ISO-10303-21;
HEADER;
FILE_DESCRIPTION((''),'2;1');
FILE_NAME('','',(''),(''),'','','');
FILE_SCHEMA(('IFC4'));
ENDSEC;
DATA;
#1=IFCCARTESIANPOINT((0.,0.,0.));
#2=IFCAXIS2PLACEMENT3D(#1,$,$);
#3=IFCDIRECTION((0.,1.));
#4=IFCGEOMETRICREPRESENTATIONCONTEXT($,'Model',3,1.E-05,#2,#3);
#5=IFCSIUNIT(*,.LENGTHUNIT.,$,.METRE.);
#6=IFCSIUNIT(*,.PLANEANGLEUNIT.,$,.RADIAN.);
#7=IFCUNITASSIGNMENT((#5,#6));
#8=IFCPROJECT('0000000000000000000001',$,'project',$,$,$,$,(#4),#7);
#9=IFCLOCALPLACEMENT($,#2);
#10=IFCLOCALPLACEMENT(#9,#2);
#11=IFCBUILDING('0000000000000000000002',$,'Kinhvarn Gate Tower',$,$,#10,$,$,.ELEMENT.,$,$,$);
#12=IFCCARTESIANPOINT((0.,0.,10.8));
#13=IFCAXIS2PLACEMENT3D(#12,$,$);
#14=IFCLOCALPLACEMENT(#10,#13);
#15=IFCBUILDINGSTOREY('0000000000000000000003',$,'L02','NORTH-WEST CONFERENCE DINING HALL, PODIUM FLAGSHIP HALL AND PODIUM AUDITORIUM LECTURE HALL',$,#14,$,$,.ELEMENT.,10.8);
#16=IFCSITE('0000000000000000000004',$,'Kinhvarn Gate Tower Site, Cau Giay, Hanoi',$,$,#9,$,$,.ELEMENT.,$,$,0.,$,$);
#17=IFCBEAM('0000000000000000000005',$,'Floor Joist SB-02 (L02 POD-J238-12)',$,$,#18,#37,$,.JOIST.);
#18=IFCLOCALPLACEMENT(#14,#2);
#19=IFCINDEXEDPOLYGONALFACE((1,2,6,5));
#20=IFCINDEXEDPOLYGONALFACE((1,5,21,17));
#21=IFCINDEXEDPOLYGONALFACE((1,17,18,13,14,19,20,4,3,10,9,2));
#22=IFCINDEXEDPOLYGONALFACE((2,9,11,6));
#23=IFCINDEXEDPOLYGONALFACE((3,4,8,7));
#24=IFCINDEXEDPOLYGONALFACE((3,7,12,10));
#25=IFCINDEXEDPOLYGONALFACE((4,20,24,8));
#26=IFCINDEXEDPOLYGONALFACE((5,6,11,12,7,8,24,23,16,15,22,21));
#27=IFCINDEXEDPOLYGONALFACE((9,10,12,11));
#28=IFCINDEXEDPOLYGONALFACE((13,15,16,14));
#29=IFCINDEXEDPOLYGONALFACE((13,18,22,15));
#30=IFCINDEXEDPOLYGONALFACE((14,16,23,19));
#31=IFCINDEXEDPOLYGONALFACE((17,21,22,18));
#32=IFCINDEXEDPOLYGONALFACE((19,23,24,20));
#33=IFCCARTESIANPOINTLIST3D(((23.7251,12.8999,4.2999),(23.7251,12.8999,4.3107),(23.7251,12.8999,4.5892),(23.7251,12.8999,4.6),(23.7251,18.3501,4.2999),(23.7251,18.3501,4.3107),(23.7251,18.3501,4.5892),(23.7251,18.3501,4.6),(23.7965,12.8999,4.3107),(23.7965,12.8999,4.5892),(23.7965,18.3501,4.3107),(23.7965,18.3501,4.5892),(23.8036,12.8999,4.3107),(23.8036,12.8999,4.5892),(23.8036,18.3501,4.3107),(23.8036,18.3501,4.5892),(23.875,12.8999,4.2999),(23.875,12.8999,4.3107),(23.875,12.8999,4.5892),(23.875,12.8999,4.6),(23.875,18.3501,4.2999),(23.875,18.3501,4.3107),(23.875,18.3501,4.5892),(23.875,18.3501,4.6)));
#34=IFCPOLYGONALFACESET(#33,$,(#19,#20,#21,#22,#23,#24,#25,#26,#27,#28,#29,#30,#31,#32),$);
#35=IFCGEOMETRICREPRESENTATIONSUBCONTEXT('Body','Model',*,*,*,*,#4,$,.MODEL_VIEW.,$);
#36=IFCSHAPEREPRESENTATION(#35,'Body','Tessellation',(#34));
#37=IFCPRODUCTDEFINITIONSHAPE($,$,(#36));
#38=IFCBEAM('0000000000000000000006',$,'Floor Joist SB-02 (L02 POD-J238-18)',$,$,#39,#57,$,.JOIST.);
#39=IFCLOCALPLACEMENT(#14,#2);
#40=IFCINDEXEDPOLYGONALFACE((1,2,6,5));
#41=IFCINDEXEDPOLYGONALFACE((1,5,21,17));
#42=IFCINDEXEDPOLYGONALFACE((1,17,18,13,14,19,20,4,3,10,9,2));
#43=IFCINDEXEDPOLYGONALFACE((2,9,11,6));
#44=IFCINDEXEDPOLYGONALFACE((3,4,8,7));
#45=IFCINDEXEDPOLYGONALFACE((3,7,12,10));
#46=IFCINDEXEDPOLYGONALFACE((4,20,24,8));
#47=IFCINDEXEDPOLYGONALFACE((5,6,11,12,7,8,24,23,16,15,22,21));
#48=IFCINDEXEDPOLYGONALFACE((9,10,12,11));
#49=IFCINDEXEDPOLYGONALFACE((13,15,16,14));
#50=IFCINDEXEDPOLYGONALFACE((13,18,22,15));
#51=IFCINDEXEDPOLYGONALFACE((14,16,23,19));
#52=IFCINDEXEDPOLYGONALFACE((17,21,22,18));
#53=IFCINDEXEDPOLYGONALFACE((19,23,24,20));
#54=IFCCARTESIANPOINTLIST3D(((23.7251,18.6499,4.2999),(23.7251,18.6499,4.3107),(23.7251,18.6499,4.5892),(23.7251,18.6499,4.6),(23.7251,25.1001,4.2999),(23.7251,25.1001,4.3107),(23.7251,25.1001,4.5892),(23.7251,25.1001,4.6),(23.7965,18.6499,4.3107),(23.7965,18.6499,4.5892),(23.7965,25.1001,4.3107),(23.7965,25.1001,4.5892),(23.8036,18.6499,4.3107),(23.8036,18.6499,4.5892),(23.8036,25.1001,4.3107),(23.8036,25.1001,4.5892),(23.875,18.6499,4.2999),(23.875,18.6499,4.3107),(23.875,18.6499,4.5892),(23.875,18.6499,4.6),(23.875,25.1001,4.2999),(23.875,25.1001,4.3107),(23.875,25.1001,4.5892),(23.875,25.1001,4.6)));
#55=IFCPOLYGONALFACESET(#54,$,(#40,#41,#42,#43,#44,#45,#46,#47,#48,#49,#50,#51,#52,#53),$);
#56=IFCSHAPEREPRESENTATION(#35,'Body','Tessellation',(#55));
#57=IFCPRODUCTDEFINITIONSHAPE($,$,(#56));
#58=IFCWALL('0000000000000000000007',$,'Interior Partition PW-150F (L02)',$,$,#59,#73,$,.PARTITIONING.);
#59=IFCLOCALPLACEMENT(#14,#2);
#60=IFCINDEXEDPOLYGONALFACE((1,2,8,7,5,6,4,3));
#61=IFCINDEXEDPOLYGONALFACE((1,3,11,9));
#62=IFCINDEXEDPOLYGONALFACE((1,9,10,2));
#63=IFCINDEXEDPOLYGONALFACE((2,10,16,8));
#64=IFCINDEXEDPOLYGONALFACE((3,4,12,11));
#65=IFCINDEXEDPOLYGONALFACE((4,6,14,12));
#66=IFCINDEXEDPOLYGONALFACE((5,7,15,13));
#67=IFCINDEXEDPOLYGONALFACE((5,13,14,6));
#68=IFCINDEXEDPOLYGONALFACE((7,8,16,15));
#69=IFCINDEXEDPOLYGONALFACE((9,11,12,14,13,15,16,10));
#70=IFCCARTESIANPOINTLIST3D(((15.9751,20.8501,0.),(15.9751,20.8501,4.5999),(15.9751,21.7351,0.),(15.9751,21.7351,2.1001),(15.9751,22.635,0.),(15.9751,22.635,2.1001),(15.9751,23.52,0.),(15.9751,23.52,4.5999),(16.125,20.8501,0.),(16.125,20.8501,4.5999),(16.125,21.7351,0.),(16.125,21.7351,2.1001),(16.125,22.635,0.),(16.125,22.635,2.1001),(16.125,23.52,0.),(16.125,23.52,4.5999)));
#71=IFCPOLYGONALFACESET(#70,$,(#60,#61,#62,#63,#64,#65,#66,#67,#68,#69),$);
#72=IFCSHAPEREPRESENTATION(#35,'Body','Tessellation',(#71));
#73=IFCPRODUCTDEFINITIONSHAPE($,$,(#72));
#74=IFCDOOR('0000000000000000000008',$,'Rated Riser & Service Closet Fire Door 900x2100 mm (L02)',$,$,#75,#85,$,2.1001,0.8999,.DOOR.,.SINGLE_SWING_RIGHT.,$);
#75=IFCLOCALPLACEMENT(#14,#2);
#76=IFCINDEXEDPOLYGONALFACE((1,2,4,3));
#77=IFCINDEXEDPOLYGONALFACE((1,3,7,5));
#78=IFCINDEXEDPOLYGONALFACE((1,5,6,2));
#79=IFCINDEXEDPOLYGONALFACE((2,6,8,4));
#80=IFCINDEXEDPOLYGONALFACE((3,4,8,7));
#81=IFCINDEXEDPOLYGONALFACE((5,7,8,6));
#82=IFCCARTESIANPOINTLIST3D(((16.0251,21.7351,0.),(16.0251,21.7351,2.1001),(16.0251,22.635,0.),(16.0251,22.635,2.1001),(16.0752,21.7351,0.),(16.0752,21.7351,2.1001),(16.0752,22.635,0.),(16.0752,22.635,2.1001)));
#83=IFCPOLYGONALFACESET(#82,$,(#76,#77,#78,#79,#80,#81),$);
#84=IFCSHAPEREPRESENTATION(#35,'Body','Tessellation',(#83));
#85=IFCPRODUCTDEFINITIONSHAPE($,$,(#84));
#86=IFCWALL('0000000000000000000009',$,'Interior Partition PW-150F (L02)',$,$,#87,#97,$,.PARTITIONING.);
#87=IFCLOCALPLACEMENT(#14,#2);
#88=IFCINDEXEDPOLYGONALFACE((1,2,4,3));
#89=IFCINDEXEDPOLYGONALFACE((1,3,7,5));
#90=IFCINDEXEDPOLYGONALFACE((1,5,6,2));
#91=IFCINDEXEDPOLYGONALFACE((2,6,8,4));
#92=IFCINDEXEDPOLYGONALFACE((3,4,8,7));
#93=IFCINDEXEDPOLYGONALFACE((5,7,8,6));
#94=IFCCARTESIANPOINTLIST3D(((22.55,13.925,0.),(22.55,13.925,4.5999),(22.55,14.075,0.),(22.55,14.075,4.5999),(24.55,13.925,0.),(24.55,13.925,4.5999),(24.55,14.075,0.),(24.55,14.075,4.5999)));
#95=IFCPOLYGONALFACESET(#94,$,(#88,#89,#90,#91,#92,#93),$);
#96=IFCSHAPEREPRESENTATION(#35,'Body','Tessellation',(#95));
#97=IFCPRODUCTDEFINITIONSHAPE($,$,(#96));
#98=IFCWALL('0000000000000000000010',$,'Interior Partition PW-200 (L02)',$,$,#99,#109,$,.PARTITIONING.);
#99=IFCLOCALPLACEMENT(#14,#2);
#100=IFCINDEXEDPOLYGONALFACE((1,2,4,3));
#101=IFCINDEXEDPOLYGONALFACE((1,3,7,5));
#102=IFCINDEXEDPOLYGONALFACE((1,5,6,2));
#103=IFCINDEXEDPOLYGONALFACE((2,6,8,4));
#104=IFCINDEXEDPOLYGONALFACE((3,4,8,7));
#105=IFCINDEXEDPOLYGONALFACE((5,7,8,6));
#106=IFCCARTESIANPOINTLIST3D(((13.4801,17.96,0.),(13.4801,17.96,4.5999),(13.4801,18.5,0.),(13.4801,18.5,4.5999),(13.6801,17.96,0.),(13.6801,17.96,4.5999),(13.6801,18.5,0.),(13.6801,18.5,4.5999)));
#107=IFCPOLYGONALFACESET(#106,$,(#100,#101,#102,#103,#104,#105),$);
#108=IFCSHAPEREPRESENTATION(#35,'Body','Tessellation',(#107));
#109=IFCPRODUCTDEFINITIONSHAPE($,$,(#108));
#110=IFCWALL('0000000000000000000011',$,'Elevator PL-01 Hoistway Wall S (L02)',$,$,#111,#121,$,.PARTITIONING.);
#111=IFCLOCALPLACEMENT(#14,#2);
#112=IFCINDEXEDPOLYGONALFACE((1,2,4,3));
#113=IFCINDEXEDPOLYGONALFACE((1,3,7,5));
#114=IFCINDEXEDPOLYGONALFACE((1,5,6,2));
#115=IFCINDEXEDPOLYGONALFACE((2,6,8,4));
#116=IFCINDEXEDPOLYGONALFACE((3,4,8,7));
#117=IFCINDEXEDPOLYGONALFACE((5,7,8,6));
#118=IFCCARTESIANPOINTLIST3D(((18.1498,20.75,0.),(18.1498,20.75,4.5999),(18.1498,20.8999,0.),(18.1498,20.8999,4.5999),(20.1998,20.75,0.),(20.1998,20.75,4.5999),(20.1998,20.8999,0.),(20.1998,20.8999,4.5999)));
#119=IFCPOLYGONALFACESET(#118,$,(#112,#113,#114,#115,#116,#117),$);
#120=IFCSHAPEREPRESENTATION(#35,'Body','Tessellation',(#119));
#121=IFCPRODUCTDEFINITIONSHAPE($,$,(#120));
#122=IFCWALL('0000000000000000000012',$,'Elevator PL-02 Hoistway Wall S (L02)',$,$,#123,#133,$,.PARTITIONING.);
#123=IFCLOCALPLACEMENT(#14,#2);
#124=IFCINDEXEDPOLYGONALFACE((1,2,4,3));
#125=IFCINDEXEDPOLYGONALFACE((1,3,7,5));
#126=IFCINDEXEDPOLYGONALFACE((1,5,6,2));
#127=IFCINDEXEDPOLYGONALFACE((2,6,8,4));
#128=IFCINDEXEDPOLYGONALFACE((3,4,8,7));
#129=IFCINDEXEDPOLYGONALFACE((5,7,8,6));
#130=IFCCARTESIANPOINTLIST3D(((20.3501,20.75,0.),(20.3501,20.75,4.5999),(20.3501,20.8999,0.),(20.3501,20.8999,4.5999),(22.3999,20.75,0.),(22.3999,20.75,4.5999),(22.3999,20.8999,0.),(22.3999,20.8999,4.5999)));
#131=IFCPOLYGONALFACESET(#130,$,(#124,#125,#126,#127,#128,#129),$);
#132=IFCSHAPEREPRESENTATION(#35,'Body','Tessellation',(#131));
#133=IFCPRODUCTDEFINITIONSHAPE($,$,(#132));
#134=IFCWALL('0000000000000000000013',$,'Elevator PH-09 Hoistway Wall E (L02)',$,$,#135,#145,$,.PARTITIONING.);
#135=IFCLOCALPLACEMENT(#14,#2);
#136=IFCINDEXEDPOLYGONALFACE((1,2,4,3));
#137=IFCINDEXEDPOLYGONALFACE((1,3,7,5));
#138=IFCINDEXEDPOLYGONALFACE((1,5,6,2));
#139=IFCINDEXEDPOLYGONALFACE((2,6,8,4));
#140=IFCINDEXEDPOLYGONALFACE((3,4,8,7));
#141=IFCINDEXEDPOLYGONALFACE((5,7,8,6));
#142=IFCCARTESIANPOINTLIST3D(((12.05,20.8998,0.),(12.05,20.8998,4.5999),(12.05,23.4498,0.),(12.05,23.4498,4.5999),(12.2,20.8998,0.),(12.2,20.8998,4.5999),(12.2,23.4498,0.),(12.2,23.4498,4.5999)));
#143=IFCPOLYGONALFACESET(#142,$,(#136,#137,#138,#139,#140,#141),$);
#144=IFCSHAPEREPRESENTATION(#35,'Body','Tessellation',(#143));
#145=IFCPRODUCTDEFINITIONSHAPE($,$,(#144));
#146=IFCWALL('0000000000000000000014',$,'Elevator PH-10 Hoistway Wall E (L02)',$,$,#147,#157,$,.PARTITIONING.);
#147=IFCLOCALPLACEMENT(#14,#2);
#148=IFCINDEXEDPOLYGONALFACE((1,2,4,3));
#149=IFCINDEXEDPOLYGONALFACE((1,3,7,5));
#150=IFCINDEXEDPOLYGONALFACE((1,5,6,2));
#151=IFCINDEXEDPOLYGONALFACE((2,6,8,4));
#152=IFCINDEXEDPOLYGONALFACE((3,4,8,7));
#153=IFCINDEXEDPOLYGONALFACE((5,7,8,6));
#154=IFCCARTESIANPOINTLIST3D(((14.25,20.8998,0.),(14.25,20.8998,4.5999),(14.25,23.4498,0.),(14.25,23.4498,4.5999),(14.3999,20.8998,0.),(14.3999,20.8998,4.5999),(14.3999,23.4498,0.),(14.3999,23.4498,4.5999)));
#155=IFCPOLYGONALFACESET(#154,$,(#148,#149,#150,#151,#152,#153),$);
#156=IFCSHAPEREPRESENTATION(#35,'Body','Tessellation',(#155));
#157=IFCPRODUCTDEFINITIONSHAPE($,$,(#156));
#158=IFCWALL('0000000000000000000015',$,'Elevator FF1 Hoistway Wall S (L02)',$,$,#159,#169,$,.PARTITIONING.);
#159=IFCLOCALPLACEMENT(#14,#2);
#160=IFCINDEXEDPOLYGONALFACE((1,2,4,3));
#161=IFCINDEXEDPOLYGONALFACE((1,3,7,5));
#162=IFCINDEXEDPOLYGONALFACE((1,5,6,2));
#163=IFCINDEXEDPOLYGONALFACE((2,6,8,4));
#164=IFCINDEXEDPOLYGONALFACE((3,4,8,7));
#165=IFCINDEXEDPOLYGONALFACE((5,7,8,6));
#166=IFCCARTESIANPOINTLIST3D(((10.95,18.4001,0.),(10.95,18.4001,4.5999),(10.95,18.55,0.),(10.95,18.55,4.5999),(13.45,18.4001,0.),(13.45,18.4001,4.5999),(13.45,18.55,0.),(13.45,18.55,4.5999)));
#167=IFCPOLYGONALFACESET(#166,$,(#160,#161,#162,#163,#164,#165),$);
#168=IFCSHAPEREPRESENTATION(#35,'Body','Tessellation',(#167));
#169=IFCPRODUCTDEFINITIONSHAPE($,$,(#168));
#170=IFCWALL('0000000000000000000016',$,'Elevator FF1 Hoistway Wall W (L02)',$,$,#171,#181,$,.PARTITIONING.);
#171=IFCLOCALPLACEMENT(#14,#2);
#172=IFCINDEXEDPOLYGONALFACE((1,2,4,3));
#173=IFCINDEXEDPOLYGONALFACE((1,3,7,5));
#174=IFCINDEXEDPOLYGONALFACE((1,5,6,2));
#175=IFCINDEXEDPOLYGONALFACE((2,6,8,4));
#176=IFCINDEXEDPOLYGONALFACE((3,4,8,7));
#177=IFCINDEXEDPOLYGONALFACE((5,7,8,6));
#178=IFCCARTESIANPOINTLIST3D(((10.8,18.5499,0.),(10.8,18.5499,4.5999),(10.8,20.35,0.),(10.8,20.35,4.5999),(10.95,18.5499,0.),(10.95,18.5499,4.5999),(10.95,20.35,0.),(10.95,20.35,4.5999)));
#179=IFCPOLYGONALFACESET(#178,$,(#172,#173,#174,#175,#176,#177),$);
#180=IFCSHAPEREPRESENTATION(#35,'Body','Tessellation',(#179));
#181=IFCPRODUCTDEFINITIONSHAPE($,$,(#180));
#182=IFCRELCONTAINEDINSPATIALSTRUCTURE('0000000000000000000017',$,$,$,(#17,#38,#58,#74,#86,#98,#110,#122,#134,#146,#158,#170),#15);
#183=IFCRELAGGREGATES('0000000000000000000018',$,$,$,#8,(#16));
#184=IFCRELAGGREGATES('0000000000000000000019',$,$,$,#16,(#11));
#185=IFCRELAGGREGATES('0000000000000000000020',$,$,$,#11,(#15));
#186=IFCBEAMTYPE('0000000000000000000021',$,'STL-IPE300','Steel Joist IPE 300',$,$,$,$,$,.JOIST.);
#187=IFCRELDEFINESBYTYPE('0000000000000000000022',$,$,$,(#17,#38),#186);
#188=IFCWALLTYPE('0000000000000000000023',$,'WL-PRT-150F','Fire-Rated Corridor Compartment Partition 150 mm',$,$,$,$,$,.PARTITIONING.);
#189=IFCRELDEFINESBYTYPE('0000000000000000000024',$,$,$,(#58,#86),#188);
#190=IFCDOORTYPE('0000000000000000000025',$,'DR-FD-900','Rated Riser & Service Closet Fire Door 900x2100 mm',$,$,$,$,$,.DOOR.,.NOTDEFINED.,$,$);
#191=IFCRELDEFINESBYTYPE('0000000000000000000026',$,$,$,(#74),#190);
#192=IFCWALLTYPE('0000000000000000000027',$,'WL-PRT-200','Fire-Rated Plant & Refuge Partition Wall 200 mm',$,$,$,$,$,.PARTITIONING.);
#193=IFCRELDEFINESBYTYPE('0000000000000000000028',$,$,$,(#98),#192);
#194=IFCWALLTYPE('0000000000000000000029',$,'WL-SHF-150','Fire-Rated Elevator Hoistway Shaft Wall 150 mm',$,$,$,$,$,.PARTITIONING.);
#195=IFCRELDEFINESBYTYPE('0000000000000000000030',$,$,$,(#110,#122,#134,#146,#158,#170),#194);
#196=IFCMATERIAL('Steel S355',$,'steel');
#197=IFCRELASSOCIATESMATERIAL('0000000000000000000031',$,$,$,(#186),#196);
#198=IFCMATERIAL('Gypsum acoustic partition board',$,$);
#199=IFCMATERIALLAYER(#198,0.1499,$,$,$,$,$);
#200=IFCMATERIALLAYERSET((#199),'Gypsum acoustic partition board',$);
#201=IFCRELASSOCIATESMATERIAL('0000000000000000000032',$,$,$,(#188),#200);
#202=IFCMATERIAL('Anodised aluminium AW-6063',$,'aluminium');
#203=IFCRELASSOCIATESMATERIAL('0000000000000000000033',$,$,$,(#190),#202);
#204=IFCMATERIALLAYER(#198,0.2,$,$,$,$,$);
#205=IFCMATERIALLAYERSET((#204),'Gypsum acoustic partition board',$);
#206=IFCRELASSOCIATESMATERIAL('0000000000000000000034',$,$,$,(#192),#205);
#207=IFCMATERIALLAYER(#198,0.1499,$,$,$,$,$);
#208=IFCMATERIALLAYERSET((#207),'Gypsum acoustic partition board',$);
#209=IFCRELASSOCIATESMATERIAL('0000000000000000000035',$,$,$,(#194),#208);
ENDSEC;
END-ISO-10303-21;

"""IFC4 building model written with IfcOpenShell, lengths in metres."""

from ifc_helpers import new_model, si_unit, direction, frame, frame_2d, origin, origin_2d, place, context, subcontext, project, spatial, rectangle, i_section, extrude, material, layer, layer_set, material_profile, profile_set, type_object, element, fill, save


model = new_model("IFC4")

# Units and contexts
model_context = context("Model", 3, precision=1e-05, world=origin(), true_north=direction((0.0, 1.0)))
body_context = subcontext(model_context, "Body", "Model", "MODEL_VIEW")
ifc_project = project(units=[si_unit("LENGTHUNIT", "METRE"), si_unit("PLANEANGLEUNIT", "RADIAN")], contexts=[model_context])

# Site, building, storey
site_placement = place(None, origin())
site = spatial("IfcSite", under=ifc_project, at=site_placement, Name="Kinhvarn Gate Tower Site, Cau Giay, Hanoi", CompositionType="ELEMENT", RefElevation=0.0)
building_placement = place(site_placement, origin())
building = spatial("IfcBuilding", under=site, at=building_placement, Name="Kinhvarn Gate Tower", CompositionType="ELEMENT")
storey_placement = place(building_placement, frame((0.0, 0.0, 10.8)))
storey = spatial("IfcBuildingStorey", under=building, at=storey_placement, Name="L02", Description="NORTH-WEST CONFERENCE DINING HALL, PODIUM FLAGSHIP HALL AND PODIUM AUDITORIUM LECTURE HALL", CompositionType="ELEMENT", Elevation=10.8)

# Beams
ifc_material_1 = material(Name="Steel S355", Category="steel")
ifc_material_profile_1 = material_profile(ifc_material_1, i_section(OverallWidth=0.1499, OverallDepth=0.3, WebThickness=0.0071, FlangeThickness=0.0107, at=origin_2d()), Name="IPE 300")
ifc_profile_set_1 = profile_set([ifc_material_profile_1], Name="Steel S355")
beam_type_1 = type_object("IfcBeamType", Name="STL-IPE300", Description="Steel Joist IPE 300", PredefinedType="JOIST", material=ifc_profile_set_1)
beam_1_placement = place(storey_placement, frame((23.8, 12.8999, 4.45), z_axis=(0.0, 1.0, 0.0), x_axis=(-1.0, 0.0, 0.0)))
element("IfcBeam", 1, at=beam_1_placement, inside=storey, type_object=beam_type_1, Name="Floor Joist SB-02 (L02 POD-J238-12)", PredefinedType="JOIST", context=body_context, shape_type="SweptSolid", body=[
    extrude(i_section(OverallWidth=0.1499, OverallDepth=0.3, WebThickness=0.0071, FlangeThickness=0.0107, at=origin_2d()), origin(), (0.0, 0.0, 1.0), 5.4502),
])
beam_2_placement = place(storey_placement, frame((23.8, 18.6499, 4.45), z_axis=(0.0, 1.0, 0.0), x_axis=(-1.0, 0.0, 0.0)))
element("IfcBeam", 2, at=beam_2_placement, inside=storey, type_object=beam_type_1, Name="Floor Joist SB-02 (L02 POD-J238-18)", PredefinedType="JOIST", context=body_context, shape_type="SweptSolid", body=[
    extrude(i_section(OverallWidth=0.1499, OverallDepth=0.3, WebThickness=0.0071, FlangeThickness=0.0107, at=origin_2d()), origin(), (0.0, 0.0, 1.0), 6.4502),
])

# Wall, opening, door
ifc_material_2 = material(Name="Anodised aluminium AW-6063", Category="aluminium")
ifc_material_3 = material(Name="Gypsum acoustic partition board")
ifc_layer_1 = layer(ifc_material_3, 0.1499)
ifc_layer_set_1 = layer_set([ifc_layer_1], Name="Gypsum acoustic partition board")
wall_type_1 = type_object("IfcWallType", Name="WL-PRT-150F", Description="Fire-Rated Corridor Compartment Partition 150 mm", PredefinedType="PARTITIONING", material=ifc_layer_set_1)
wall_1_placement = place(storey_placement, frame((16.05, 20.8501, 0.0), z_axis=(0.0, 0.0, 1.0), x_axis=(0.0, 1.0, 0.0)))
wall_1 = element("IfcWall", 3, at=wall_1_placement, inside=storey, type_object=wall_type_1, Name="Interior Partition PW-150F (L02)", PredefinedType="PARTITIONING", context=body_context, shape_type="SweptSolid", body=[
    extrude(rectangle(XDim=2.6699, YDim=0.1499, at=frame_2d((1.335, 0.0))), origin(), (0.0, 0.0, 1.0), 4.5999),
])
opening_1_placement = place(wall_1_placement, frame((0.885, 0.0, 0.0)))
opening_1 = element("IfcOpeningElement", 4, at=opening_1_placement, cuts=wall_1, PredefinedType="OPENING", context=body_context, shape_type="SweptSolid", body=[
    extrude(rectangle(XDim=0.8999, YDim=2.1001, at=frame_2d((0.45, 1.05))), frame((0.0, 0.085, 0.0), z_axis=(0.0, -1.0, 0.0), x_axis=(1.0, 0.0, 0.0)), (0.0, 0.0, 1.0), 0.1699),
])
door_type_1 = type_object("IfcDoorType", Name="DR-FD-900", Description="Rated Riser & Service Closet Fire Door 900x2100 mm", OperationType="NOTDEFINED", PredefinedType="DOOR", material=ifc_material_2)
door_1_placement = place(opening_1_placement, origin())
door_1 = element("IfcDoor", 5, at=door_1_placement, inside=storey, type_object=door_type_1, Name="Rated Riser & Service Closet Fire Door 900x2100 mm (L02)", OperationType="SINGLE_SWING_RIGHT", OverallHeight=2.1001, OverallWidth=0.8999, PredefinedType="DOOR", context=body_context, shape_type="SweptSolid", body=[
    extrude(rectangle(XDim=0.8999, YDim=2.1001, at=frame_2d((0.45, 1.05))), frame((0.0, 0.0249, 0.0), z_axis=(0.0, -1.0, 0.0), x_axis=(1.0, 0.0, 0.0)), (0.0, 0.0, 1.0), 0.05),
])
fill(opening_1, door_1)

# Walls
wall_2_placement = place(storey_placement, frame((22.55, 14.0, 0.0), z_axis=(0.0, 0.0, 1.0), x_axis=(1.0, 0.0, 0.0)))
element("IfcWall", 6, at=wall_2_placement, inside=storey, type_object=wall_type_1, Name="Interior Partition PW-150F (L02)", PredefinedType="PARTITIONING", context=body_context, shape_type="SweptSolid", body=[
    extrude(rectangle(XDim=2.0, YDim=0.1499, at=frame_2d((1.0, 0.0))), origin(), (0.0, 0.0, 1.0), 4.5999),
])
ifc_layer_2 = layer(ifc_material_3, 0.2)
ifc_layer_set_2 = layer_set([ifc_layer_2], Name="Gypsum acoustic partition board")
wall_type_2 = type_object("IfcWallType", Name="WL-PRT-200", Description="Fire-Rated Plant & Refuge Partition Wall 200 mm", PredefinedType="PARTITIONING", material=ifc_layer_set_2)
wall_3_placement = place(storey_placement, frame((13.5801, 17.96, 0.0), z_axis=(0.0, 0.0, 1.0), x_axis=(0.0, 1.0, 0.0)))
element("IfcWall", 7, at=wall_3_placement, inside=storey, type_object=wall_type_2, Name="Interior Partition PW-200 (L02)", PredefinedType="PARTITIONING", context=body_context, shape_type="SweptSolid", body=[
    extrude(rectangle(XDim=0.54, YDim=0.2, at=frame_2d((0.27, 0.0))), origin(), (0.0, 0.0, 1.0), 4.5999),
])
ifc_layer_3 = layer(ifc_material_3, 0.1499)
ifc_layer_set_3 = layer_set([ifc_layer_3], Name="Gypsum acoustic partition board")
wall_type_3 = type_object("IfcWallType", Name="WL-SHF-150", Description="Fire-Rated Elevator Hoistway Shaft Wall 150 mm", PredefinedType="PARTITIONING", material=ifc_layer_set_3)
wall_4_placement = place(storey_placement, frame((18.1499, 20.825, 0.0), z_axis=(0.0, 0.0, 1.0), x_axis=(1.0, 0.0, 0.0)))
element("IfcWall", 8, at=wall_4_placement, inside=storey, type_object=wall_type_3, Name="Elevator PL-01 Hoistway Wall S (L02)", PredefinedType="PARTITIONING", context=body_context, shape_type="SweptSolid", body=[
    extrude(rectangle(XDim=2.05, YDim=0.1499, at=frame_2d((1.0249, 0.0))), origin(), (0.0, 0.0, 1.0), 4.5999),
])
wall_5_placement = place(storey_placement, frame((20.3501, 20.825, 0.0), z_axis=(0.0, 0.0, 1.0), x_axis=(1.0, 0.0, 0.0)))
element("IfcWall", 9, at=wall_5_placement, inside=storey, type_object=wall_type_3, Name="Elevator PL-02 Hoistway Wall S (L02)", PredefinedType="PARTITIONING", context=body_context, shape_type="SweptSolid", body=[
    extrude(rectangle(XDim=2.0498, YDim=0.1499, at=frame_2d((1.0249, 0.0))), origin(), (0.0, 0.0, 1.0), 4.5999),
])
for number, where, z_axis, x_axis, name in (
    (10, (12.125, 20.8999, 0.0), (0.0, 0.0, 1.0), (0.0, 1.0, 0.0), "Elevator PH-09 Hoistway Wall E (L02)"),
    (11, (14.325, 20.8999, 0.0), (0.0, 0.0, 1.0), (0.0, 1.0, 0.0), "Elevator PH-10 Hoistway Wall E (L02)"),
):
    element("IfcWall", number, at=place(storey_placement, frame(where, z_axis=z_axis, x_axis=x_axis)), inside=storey, type_object=wall_type_3, Name=name, PredefinedType="PARTITIONING", context=body_context, shape_type="SweptSolid", body=[
        extrude(rectangle(XDim=2.55, YDim=0.1499, at=frame_2d((1.2749, 0.0))), origin(), (0.0, 0.0, 1.0), 4.5999),
    ])
wall_6_placement = place(storey_placement, frame((10.95, 18.4751, 0.0), z_axis=(0.0, 0.0, 1.0), x_axis=(1.0, 0.0, 0.0)))
element("IfcWall", 12, at=wall_6_placement, inside=storey, type_object=wall_type_3, Name="Elevator FF1 Hoistway Wall S (L02)", PredefinedType="PARTITIONING", context=body_context, shape_type="SweptSolid", body=[
    extrude(rectangle(XDim=2.5, YDim=0.1499, at=frame_2d((1.25, 0.0))), origin(), (0.0, 0.0, 1.0), 4.5999),
])
wall_7_placement = place(storey_placement, frame((10.875, 18.55, 0.0), z_axis=(0.0, 0.0, 1.0), x_axis=(0.0, 1.0, 0.0)))
element("IfcWall", 13, at=wall_7_placement, inside=storey, type_object=wall_type_3, Name="Elevator FF1 Hoistway Wall W (L02)", PredefinedType="PARTITIONING", context=body_context, shape_type="SweptSolid", body=[
    extrude(rectangle(XDim=1.8, YDim=0.1499, at=frame_2d((0.8999, 0.0))), origin(), (0.0, 0.0, 1.0), 4.5999),
])

save(model, "model.ifc")
